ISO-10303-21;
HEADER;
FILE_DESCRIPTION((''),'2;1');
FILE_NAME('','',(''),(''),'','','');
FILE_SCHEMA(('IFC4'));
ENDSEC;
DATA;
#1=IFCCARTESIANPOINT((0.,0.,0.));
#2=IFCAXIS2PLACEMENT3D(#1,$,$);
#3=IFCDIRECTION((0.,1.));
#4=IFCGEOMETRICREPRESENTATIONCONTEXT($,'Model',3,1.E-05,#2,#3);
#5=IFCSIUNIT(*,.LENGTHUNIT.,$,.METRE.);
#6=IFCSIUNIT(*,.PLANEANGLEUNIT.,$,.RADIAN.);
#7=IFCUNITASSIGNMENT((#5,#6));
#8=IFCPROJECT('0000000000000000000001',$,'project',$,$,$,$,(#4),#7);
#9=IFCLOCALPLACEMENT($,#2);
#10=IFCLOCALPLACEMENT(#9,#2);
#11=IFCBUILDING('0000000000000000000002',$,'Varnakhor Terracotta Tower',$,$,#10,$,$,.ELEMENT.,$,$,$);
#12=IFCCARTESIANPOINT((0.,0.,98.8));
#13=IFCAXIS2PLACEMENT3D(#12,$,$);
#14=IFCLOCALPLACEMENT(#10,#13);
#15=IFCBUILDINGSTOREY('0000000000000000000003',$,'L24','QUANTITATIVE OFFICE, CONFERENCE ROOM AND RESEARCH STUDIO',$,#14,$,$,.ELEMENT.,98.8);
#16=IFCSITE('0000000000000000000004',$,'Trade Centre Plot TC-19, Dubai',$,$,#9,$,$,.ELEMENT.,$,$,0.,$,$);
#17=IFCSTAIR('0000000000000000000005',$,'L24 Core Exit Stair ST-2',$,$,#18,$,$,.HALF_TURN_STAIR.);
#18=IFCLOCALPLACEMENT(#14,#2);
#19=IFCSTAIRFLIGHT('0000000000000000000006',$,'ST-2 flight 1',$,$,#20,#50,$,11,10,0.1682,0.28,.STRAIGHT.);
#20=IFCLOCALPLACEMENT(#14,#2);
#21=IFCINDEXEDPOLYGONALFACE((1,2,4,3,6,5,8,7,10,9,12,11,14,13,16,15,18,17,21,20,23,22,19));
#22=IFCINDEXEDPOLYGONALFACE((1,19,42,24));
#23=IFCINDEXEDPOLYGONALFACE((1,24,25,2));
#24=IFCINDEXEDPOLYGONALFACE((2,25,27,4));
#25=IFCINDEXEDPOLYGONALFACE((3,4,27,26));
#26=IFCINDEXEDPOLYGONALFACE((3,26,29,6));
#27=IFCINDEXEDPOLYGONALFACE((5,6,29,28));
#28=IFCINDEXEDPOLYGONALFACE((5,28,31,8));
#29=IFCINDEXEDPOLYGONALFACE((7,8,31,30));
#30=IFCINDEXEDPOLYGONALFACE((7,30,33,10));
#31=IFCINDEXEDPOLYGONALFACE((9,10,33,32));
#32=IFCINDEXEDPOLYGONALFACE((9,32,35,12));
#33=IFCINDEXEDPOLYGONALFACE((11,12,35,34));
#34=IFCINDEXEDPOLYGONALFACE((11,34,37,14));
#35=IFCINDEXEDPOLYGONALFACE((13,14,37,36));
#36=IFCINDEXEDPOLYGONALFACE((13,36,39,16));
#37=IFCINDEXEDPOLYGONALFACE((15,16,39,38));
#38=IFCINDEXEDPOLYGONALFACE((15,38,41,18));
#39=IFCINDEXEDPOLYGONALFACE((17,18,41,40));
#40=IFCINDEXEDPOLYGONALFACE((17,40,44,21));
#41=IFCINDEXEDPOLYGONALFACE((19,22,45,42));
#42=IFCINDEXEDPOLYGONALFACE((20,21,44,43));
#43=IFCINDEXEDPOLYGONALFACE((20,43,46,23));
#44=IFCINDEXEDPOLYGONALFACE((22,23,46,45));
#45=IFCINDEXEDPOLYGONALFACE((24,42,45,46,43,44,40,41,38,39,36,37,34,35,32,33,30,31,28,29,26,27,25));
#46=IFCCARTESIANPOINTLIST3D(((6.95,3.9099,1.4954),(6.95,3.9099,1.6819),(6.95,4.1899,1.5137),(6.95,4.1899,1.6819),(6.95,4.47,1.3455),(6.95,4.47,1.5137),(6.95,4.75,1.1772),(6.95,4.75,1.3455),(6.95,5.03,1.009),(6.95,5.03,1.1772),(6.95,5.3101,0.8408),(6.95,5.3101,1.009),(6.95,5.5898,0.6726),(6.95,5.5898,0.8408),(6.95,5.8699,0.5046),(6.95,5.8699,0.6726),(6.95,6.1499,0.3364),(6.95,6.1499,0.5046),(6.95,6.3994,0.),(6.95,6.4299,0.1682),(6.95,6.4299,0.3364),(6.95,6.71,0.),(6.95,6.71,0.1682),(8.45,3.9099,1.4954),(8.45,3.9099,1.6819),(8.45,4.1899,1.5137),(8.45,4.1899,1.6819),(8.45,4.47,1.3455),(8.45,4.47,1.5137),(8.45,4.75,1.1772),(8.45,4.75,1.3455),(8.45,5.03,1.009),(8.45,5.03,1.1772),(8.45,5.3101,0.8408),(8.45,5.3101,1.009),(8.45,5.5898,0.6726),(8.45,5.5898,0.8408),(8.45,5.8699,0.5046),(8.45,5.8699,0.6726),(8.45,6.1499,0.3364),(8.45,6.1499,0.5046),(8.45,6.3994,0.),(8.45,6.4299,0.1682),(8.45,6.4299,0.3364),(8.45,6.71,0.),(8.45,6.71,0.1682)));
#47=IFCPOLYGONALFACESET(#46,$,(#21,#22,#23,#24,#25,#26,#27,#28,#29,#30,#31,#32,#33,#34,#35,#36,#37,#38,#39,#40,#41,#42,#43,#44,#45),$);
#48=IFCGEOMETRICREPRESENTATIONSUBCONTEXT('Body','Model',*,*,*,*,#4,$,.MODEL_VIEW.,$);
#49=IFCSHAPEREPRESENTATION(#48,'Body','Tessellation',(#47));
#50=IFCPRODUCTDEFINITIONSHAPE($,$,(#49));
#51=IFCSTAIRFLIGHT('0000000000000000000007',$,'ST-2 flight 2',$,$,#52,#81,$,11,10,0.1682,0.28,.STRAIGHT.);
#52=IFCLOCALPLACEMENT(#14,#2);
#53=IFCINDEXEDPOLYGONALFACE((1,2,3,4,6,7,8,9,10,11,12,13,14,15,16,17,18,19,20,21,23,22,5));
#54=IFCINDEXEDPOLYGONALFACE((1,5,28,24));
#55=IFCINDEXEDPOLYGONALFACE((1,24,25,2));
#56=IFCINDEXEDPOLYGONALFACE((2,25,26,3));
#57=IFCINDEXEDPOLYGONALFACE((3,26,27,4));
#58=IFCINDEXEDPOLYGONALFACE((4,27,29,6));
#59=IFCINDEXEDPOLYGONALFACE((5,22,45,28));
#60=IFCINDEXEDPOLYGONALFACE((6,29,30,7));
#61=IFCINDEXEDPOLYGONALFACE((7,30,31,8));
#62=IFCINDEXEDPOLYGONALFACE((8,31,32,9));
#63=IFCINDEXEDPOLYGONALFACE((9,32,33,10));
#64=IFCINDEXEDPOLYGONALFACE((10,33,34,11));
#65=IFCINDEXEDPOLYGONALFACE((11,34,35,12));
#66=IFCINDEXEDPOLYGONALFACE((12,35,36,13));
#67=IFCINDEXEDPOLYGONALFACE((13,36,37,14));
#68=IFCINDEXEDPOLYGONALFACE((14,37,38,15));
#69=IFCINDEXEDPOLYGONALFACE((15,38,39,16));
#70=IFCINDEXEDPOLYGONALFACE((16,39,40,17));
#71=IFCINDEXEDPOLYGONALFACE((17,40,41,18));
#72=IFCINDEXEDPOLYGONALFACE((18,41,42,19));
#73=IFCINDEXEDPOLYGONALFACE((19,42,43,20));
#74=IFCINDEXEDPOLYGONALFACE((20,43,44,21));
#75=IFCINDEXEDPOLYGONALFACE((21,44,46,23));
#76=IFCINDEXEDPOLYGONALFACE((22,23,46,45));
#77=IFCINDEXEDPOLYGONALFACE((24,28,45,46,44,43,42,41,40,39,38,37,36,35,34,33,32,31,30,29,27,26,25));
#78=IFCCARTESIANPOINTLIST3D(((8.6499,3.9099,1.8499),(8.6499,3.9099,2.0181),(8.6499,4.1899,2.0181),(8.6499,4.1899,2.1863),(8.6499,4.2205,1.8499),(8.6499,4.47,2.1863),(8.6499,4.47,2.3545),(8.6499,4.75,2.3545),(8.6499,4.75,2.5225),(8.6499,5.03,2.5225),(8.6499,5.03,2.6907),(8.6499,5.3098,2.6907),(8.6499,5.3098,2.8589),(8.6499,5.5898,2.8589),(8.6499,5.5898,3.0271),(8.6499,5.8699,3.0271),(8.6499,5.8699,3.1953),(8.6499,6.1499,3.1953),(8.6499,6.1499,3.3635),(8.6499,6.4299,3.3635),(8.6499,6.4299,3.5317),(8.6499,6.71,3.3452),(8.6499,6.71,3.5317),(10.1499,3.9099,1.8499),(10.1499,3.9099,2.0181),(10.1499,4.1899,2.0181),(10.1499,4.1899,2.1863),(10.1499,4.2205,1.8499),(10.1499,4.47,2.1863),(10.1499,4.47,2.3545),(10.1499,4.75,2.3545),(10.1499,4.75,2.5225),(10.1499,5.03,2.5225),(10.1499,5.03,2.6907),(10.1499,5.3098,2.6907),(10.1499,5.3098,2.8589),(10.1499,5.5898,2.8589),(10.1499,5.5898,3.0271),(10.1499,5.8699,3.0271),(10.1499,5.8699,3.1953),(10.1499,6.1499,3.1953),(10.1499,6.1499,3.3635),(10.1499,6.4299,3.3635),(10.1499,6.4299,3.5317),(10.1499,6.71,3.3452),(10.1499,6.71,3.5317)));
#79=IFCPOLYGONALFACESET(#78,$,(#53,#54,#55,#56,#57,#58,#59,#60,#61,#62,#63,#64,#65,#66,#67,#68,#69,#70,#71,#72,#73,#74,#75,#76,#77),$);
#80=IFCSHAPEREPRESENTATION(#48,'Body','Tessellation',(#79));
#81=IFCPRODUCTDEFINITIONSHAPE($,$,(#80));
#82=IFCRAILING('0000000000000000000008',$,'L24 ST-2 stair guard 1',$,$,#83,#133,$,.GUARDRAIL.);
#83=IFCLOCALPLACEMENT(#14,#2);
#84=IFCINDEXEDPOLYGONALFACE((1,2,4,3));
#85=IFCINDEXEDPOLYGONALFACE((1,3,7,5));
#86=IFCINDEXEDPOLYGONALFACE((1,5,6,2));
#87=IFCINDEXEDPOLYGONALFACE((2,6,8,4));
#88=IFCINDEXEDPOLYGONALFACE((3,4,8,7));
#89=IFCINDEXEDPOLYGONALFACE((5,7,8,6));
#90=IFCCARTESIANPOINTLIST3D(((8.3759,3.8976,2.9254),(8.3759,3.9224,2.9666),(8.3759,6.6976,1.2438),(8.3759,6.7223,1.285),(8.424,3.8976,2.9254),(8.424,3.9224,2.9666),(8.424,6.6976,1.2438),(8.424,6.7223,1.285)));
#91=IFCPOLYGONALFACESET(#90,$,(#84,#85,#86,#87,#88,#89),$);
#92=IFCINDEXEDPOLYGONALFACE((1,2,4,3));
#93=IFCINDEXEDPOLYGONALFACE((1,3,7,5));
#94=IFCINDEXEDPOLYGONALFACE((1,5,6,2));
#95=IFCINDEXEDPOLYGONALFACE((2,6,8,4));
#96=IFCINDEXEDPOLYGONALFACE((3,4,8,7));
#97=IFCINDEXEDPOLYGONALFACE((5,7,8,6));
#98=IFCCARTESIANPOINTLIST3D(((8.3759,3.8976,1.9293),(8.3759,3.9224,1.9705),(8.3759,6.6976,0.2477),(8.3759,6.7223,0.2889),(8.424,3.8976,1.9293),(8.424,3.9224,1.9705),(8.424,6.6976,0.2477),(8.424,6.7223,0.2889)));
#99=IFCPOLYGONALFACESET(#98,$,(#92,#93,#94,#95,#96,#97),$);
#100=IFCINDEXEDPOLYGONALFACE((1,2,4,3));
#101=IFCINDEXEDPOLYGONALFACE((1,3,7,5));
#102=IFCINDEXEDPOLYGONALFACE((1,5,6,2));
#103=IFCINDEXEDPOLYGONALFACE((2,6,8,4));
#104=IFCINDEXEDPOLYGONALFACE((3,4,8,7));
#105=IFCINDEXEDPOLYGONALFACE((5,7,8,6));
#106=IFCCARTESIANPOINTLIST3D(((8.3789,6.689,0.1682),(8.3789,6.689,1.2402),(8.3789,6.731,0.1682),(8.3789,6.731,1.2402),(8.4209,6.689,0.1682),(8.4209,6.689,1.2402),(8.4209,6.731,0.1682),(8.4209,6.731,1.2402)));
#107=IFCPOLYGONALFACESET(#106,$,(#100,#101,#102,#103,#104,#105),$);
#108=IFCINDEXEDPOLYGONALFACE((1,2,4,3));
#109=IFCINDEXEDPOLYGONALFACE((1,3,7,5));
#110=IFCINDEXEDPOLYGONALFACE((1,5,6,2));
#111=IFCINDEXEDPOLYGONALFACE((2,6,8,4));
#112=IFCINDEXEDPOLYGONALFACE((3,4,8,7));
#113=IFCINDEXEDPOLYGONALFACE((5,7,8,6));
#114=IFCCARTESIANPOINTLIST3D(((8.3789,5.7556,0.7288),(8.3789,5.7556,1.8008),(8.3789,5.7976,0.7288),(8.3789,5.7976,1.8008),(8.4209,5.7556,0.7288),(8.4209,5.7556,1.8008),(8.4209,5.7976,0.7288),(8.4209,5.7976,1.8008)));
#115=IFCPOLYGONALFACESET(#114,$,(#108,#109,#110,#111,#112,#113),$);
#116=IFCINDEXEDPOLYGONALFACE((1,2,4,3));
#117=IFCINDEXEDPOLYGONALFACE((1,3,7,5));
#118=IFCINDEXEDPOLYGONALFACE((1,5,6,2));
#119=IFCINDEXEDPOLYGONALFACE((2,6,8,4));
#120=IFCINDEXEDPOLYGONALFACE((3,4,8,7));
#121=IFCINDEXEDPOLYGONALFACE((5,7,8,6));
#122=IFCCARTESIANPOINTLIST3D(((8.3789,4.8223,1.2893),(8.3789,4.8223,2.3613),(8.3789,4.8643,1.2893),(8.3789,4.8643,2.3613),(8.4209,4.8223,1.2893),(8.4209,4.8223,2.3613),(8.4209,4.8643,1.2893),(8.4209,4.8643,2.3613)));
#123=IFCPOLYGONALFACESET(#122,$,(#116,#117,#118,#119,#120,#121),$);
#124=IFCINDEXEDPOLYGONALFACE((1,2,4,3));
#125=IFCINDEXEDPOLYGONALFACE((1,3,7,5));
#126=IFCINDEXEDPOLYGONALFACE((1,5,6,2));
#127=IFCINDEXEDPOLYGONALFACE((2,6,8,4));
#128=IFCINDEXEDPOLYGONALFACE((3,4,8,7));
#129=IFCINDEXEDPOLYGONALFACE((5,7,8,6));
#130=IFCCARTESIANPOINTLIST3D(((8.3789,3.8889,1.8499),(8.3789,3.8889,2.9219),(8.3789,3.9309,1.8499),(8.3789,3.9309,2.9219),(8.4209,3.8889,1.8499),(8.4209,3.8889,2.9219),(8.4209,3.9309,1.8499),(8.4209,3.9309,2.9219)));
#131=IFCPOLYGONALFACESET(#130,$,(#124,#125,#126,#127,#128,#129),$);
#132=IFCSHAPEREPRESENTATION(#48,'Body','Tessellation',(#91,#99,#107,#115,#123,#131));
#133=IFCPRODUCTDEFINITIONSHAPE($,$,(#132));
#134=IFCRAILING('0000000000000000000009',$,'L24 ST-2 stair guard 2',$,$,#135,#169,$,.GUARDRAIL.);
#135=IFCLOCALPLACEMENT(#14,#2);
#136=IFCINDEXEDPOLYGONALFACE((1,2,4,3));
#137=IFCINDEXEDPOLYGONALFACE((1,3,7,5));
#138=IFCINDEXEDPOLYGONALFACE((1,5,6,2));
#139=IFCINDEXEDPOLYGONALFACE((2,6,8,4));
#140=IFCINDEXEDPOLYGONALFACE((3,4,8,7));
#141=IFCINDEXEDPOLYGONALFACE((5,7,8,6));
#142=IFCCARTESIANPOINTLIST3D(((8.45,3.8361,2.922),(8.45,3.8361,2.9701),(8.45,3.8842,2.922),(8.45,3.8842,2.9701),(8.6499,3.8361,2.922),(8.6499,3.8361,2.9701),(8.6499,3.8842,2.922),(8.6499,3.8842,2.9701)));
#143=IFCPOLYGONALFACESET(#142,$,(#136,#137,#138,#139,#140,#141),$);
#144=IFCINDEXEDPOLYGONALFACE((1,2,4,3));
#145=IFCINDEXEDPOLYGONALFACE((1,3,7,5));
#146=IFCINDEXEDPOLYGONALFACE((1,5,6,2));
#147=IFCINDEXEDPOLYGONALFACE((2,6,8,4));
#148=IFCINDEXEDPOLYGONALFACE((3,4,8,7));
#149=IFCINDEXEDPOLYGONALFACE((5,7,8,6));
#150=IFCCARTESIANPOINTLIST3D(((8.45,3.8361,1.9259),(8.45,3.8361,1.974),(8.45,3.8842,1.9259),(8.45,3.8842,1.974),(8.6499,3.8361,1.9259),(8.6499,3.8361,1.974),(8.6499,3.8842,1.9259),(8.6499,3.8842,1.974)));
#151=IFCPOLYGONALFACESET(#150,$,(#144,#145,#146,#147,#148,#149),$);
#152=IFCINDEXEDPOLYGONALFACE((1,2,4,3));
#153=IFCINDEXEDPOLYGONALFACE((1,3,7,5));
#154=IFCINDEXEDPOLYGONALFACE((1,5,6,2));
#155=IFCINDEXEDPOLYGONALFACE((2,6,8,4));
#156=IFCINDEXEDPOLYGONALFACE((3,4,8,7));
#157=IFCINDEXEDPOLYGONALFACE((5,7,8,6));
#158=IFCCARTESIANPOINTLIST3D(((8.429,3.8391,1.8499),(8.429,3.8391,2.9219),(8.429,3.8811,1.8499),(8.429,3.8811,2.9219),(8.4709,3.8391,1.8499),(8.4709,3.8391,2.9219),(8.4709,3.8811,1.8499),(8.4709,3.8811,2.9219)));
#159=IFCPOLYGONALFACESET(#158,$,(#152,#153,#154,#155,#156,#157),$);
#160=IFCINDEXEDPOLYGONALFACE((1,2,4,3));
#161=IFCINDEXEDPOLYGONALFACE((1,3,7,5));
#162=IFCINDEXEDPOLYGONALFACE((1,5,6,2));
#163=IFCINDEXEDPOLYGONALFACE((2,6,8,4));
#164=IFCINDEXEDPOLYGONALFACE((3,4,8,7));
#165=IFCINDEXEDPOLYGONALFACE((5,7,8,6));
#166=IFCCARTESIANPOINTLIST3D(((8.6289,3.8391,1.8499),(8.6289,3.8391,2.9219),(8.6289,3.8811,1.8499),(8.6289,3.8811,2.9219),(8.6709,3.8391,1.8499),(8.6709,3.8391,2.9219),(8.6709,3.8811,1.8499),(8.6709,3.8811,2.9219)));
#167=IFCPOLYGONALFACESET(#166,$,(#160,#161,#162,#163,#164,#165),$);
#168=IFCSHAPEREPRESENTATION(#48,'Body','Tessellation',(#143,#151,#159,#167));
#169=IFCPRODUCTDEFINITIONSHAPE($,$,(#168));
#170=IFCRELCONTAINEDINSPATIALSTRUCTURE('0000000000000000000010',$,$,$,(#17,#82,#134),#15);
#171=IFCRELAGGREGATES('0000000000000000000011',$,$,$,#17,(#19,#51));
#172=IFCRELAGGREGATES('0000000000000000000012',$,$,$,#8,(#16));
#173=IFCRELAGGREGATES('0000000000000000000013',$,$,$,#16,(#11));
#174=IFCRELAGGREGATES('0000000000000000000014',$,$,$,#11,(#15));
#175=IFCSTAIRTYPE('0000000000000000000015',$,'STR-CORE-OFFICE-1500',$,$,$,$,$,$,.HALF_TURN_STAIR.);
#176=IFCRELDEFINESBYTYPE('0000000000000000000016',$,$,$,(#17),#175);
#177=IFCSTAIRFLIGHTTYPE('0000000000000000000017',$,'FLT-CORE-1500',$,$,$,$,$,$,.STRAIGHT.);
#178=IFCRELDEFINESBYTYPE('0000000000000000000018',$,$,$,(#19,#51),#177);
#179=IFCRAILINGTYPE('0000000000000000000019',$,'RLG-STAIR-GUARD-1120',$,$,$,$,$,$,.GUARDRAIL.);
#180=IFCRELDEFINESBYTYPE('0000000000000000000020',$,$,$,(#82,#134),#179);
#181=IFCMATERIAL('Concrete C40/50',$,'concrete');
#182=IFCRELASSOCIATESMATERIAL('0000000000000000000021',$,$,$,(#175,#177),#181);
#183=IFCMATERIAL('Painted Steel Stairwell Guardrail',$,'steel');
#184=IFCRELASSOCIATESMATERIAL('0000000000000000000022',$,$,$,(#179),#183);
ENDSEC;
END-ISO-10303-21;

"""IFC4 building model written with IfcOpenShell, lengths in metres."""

from ifc_helpers import new_model, si_unit, direction, frame, origin, origin_2d, place, context, subcontext, project, spatial, polyline, rectangle, outline, extrude, material, type_object, element, aggregate, save


model = new_model("IFC4")

# Units and contexts
model_context = context("Model", 3, precision=1e-05, world=origin(), true_north=direction((0.0, 1.0)))
body_context = subcontext(model_context, "Body", "Model", "MODEL_VIEW")
ifc_project = project(units=[si_unit("LENGTHUNIT", "METRE"), si_unit("PLANEANGLEUNIT", "RADIAN")], contexts=[model_context])

# Site, building, storey
site_placement = place(None, origin())
site = spatial("IfcSite", under=ifc_project, at=site_placement, Name="Trade Centre Plot TC-19, Dubai", CompositionType="ELEMENT", RefElevation=0.0)
building_placement = place(site_placement, origin())
building = spatial("IfcBuilding", under=site, at=building_placement, Name="Varnakhor Terracotta Tower", CompositionType="ELEMENT")
storey_placement = place(building_placement, frame((0.0, 0.0, 98.8)))
storey = spatial("IfcBuildingStorey", under=building, at=storey_placement, Name="L24", Description="QUANTITATIVE OFFICE, CONFERENCE ROOM AND RESEARCH STUDIO", CompositionType="ELEMENT", Elevation=98.8)

# Shared definitions
ifc_material_1 = material(Name="Concrete C40/50", Category="concrete")

# Stair, stair flights
stair_type = type_object("IfcStairType", Name="STR-CORE-OFFICE-1500", PredefinedType="HALF_TURN_STAIR", material=ifc_material_1)
stair_placement = place(storey_placement, origin())
stair = element("IfcStair", 1, at=stair_placement, inside=storey, type_object=stair_type, Name="L24 Core Exit Stair ST-2", PredefinedType="HALF_TURN_STAIR")
stair_flight_type = type_object("IfcStairFlightType", Name="FLT-CORE-1500", PredefinedType="STRAIGHT", material=ifc_material_1)
stair_flight_1_placement = place(storey_placement, frame((7.7, 6.71, 0.0), z_axis=(0.0, 0.0, 1.0), x_axis=(0.0, -1.0, 0.0)))
stair_flight_1 = element("IfcStairFlight", 2, at=stair_flight_1_placement, type_object=stair_flight_type, Name="ST-2 flight 1", NumberOfRisers=11, NumberOfTreads=10, PredefinedType="STRAIGHT", RiserHeight=0.1682, TreadLength=0.28, context=body_context, shape_type="SweptSolid", body=[
    extrude(outline(polyline([(0.0, 0.0), (0.0, 0.1682), (0.28, 0.1682), (0.28, 0.3364), (0.5601, 0.3364), (0.5601, 0.5046), (0.8401, 0.5046), (0.8401, 0.6726), (1.1201, 0.6726), (1.1201, 0.8408), (1.3999, 0.8408), (1.3999, 1.009), (1.6799, 1.009), (1.6799, 1.1772), (1.96, 1.1772), (1.96, 1.3455), (2.24, 1.3455), (2.24, 1.5137), (2.52, 1.5137), (2.52, 1.6819), (2.8, 1.6819), (2.8, 1.8501), (2.8, 1.4954), (0.3105, 0.0), (0.0, 0.0)])), frame((0.0, 0.75, 0.0), z_axis=(0.0, -1.0, 0.0), x_axis=(1.0, 0.0, 0.0)), (0.0, 0.0, 1.0), 1.5),
])
stair_flight_2_placement = place(storey_placement, frame((9.3999, 3.9099, 1.8499), z_axis=(0.0, 0.0, 1.0), x_axis=(0.0, 1.0, 0.0)))
stair_flight_2 = element("IfcStairFlight", 3, at=stair_flight_2_placement, type_object=stair_flight_type, Name="ST-2 flight 2", NumberOfRisers=11, NumberOfTreads=10, PredefinedType="STRAIGHT", RiserHeight=0.1682, TreadLength=0.28, context=body_context, shape_type="SweptSolid", body=[
    extrude(outline(polyline([(0.0, 0.0), (0.0, 0.1682), (0.28, 0.1682), (0.28, 0.3364), (0.5601, 0.3364), (0.5601, 0.5046), (0.8401, 0.5046), (0.8401, 0.6726), (1.1201, 0.6726), (1.1201, 0.8408), (1.3999, 0.8408), (1.3999, 1.009), (1.6799, 1.009), (1.6799, 1.1772), (1.96, 1.1772), (1.96, 1.3455), (2.24, 1.3455), (2.24, 1.5137), (2.52, 1.5137), (2.52, 1.6819), (2.8, 1.6819), (2.8, 1.8501), (2.8, 1.4954), (0.3105, 0.0), (0.0, 0.0)])), frame((0.0, 0.75, 0.0), z_axis=(0.0, -1.0, 0.0), x_axis=(1.0, 0.0, 0.0)), (0.0, 0.0, 1.0), 1.5),
])
aggregate(stair, [stair_flight_1, stair_flight_2])

# Railings
ifc_material_2 = material(Name="Painted Steel Stairwell Guardrail", Category="steel")
railing_type_1 = type_object("IfcRailingType", Name="RLG-STAIR-GUARD-1120", PredefinedType="GUARDRAIL", material=ifc_material_2)
railing_1_placement = place(storey_placement, frame((8.3999, 6.71, 0.1682)))
element("IfcRailing", 4, at=railing_1_placement, inside=storey, type_object=railing_type_1, Name="L24 ST-2 stair guard 1", PredefinedType="GUARDRAIL", context=body_context, shape_type="SweptSolid", body=[
    extrude(rectangle(XDim=0.0481, YDim=0.0481, at=origin_2d()), frame((0.0, 0.0, 1.0962), z_axis=(0.0, -0.857275, 0.514858), x_axis=(1.0, 0.0, 0.0)), (0.0, 0.0, 1.0), 3.2661),
    extrude(rectangle(XDim=0.0481, YDim=0.0481, at=origin_2d()), frame((0.0, 0.0, 0.1001), z_axis=(0.0, -0.857275, 0.514858), x_axis=(1.0, 0.0, 0.0)), (0.0, 0.0, 1.0), 3.2661),
    extrude(rectangle(XDim=0.042, YDim=0.042, at=origin_2d()), origin(), (0.0, 0.0, 1.0), 1.072),
    extrude(rectangle(XDim=0.042, YDim=0.042, at=origin_2d()), frame((0.0, -0.9333, 0.5605)), (0.0, 0.0, 1.0), 1.072),
    extrude(rectangle(XDim=0.042, YDim=0.042, at=origin_2d()), frame((0.0, -1.8667, 1.1211)), (0.0, 0.0, 1.0), 1.072),
    extrude(rectangle(XDim=0.042, YDim=0.042, at=origin_2d()), frame((0.0, -2.8, 1.6816)), (0.0, 0.0, 1.0), 1.072),
])
railing_2_placement = place(storey_placement, frame((8.45, 3.8601, 1.8499)))
element("IfcRailing", 5, at=railing_2_placement, inside=storey, type_object=railing_type_1, Name="L24 ST-2 stair guard 2", PredefinedType="GUARDRAIL", context=body_context, shape_type="SweptSolid", body=[
    extrude(rectangle(XDim=0.0481, YDim=0.0481, at=origin_2d()), frame((0.0, 0.0, 1.0962), z_axis=(1.0, 0.0, 0.0), x_axis=(0.0, 1.0, 0.0)), (0.0, 0.0, 1.0), 0.2),
    extrude(rectangle(XDim=0.0481, YDim=0.0481, at=origin_2d()), frame((0.0, 0.0, 0.1001), z_axis=(1.0, 0.0, 0.0), x_axis=(0.0, 1.0, 0.0)), (0.0, 0.0, 1.0), 0.2),
    extrude(rectangle(XDim=0.042, YDim=0.042, at=origin_2d()), origin(), (0.0, 0.0, 1.0), 1.072),
    extrude(rectangle(XDim=0.042, YDim=0.042, at=origin_2d()), frame((0.2, 0.0, 0.0)), (0.0, 0.0, 1.0), 1.072),
])

save(model, "model.ifc")
